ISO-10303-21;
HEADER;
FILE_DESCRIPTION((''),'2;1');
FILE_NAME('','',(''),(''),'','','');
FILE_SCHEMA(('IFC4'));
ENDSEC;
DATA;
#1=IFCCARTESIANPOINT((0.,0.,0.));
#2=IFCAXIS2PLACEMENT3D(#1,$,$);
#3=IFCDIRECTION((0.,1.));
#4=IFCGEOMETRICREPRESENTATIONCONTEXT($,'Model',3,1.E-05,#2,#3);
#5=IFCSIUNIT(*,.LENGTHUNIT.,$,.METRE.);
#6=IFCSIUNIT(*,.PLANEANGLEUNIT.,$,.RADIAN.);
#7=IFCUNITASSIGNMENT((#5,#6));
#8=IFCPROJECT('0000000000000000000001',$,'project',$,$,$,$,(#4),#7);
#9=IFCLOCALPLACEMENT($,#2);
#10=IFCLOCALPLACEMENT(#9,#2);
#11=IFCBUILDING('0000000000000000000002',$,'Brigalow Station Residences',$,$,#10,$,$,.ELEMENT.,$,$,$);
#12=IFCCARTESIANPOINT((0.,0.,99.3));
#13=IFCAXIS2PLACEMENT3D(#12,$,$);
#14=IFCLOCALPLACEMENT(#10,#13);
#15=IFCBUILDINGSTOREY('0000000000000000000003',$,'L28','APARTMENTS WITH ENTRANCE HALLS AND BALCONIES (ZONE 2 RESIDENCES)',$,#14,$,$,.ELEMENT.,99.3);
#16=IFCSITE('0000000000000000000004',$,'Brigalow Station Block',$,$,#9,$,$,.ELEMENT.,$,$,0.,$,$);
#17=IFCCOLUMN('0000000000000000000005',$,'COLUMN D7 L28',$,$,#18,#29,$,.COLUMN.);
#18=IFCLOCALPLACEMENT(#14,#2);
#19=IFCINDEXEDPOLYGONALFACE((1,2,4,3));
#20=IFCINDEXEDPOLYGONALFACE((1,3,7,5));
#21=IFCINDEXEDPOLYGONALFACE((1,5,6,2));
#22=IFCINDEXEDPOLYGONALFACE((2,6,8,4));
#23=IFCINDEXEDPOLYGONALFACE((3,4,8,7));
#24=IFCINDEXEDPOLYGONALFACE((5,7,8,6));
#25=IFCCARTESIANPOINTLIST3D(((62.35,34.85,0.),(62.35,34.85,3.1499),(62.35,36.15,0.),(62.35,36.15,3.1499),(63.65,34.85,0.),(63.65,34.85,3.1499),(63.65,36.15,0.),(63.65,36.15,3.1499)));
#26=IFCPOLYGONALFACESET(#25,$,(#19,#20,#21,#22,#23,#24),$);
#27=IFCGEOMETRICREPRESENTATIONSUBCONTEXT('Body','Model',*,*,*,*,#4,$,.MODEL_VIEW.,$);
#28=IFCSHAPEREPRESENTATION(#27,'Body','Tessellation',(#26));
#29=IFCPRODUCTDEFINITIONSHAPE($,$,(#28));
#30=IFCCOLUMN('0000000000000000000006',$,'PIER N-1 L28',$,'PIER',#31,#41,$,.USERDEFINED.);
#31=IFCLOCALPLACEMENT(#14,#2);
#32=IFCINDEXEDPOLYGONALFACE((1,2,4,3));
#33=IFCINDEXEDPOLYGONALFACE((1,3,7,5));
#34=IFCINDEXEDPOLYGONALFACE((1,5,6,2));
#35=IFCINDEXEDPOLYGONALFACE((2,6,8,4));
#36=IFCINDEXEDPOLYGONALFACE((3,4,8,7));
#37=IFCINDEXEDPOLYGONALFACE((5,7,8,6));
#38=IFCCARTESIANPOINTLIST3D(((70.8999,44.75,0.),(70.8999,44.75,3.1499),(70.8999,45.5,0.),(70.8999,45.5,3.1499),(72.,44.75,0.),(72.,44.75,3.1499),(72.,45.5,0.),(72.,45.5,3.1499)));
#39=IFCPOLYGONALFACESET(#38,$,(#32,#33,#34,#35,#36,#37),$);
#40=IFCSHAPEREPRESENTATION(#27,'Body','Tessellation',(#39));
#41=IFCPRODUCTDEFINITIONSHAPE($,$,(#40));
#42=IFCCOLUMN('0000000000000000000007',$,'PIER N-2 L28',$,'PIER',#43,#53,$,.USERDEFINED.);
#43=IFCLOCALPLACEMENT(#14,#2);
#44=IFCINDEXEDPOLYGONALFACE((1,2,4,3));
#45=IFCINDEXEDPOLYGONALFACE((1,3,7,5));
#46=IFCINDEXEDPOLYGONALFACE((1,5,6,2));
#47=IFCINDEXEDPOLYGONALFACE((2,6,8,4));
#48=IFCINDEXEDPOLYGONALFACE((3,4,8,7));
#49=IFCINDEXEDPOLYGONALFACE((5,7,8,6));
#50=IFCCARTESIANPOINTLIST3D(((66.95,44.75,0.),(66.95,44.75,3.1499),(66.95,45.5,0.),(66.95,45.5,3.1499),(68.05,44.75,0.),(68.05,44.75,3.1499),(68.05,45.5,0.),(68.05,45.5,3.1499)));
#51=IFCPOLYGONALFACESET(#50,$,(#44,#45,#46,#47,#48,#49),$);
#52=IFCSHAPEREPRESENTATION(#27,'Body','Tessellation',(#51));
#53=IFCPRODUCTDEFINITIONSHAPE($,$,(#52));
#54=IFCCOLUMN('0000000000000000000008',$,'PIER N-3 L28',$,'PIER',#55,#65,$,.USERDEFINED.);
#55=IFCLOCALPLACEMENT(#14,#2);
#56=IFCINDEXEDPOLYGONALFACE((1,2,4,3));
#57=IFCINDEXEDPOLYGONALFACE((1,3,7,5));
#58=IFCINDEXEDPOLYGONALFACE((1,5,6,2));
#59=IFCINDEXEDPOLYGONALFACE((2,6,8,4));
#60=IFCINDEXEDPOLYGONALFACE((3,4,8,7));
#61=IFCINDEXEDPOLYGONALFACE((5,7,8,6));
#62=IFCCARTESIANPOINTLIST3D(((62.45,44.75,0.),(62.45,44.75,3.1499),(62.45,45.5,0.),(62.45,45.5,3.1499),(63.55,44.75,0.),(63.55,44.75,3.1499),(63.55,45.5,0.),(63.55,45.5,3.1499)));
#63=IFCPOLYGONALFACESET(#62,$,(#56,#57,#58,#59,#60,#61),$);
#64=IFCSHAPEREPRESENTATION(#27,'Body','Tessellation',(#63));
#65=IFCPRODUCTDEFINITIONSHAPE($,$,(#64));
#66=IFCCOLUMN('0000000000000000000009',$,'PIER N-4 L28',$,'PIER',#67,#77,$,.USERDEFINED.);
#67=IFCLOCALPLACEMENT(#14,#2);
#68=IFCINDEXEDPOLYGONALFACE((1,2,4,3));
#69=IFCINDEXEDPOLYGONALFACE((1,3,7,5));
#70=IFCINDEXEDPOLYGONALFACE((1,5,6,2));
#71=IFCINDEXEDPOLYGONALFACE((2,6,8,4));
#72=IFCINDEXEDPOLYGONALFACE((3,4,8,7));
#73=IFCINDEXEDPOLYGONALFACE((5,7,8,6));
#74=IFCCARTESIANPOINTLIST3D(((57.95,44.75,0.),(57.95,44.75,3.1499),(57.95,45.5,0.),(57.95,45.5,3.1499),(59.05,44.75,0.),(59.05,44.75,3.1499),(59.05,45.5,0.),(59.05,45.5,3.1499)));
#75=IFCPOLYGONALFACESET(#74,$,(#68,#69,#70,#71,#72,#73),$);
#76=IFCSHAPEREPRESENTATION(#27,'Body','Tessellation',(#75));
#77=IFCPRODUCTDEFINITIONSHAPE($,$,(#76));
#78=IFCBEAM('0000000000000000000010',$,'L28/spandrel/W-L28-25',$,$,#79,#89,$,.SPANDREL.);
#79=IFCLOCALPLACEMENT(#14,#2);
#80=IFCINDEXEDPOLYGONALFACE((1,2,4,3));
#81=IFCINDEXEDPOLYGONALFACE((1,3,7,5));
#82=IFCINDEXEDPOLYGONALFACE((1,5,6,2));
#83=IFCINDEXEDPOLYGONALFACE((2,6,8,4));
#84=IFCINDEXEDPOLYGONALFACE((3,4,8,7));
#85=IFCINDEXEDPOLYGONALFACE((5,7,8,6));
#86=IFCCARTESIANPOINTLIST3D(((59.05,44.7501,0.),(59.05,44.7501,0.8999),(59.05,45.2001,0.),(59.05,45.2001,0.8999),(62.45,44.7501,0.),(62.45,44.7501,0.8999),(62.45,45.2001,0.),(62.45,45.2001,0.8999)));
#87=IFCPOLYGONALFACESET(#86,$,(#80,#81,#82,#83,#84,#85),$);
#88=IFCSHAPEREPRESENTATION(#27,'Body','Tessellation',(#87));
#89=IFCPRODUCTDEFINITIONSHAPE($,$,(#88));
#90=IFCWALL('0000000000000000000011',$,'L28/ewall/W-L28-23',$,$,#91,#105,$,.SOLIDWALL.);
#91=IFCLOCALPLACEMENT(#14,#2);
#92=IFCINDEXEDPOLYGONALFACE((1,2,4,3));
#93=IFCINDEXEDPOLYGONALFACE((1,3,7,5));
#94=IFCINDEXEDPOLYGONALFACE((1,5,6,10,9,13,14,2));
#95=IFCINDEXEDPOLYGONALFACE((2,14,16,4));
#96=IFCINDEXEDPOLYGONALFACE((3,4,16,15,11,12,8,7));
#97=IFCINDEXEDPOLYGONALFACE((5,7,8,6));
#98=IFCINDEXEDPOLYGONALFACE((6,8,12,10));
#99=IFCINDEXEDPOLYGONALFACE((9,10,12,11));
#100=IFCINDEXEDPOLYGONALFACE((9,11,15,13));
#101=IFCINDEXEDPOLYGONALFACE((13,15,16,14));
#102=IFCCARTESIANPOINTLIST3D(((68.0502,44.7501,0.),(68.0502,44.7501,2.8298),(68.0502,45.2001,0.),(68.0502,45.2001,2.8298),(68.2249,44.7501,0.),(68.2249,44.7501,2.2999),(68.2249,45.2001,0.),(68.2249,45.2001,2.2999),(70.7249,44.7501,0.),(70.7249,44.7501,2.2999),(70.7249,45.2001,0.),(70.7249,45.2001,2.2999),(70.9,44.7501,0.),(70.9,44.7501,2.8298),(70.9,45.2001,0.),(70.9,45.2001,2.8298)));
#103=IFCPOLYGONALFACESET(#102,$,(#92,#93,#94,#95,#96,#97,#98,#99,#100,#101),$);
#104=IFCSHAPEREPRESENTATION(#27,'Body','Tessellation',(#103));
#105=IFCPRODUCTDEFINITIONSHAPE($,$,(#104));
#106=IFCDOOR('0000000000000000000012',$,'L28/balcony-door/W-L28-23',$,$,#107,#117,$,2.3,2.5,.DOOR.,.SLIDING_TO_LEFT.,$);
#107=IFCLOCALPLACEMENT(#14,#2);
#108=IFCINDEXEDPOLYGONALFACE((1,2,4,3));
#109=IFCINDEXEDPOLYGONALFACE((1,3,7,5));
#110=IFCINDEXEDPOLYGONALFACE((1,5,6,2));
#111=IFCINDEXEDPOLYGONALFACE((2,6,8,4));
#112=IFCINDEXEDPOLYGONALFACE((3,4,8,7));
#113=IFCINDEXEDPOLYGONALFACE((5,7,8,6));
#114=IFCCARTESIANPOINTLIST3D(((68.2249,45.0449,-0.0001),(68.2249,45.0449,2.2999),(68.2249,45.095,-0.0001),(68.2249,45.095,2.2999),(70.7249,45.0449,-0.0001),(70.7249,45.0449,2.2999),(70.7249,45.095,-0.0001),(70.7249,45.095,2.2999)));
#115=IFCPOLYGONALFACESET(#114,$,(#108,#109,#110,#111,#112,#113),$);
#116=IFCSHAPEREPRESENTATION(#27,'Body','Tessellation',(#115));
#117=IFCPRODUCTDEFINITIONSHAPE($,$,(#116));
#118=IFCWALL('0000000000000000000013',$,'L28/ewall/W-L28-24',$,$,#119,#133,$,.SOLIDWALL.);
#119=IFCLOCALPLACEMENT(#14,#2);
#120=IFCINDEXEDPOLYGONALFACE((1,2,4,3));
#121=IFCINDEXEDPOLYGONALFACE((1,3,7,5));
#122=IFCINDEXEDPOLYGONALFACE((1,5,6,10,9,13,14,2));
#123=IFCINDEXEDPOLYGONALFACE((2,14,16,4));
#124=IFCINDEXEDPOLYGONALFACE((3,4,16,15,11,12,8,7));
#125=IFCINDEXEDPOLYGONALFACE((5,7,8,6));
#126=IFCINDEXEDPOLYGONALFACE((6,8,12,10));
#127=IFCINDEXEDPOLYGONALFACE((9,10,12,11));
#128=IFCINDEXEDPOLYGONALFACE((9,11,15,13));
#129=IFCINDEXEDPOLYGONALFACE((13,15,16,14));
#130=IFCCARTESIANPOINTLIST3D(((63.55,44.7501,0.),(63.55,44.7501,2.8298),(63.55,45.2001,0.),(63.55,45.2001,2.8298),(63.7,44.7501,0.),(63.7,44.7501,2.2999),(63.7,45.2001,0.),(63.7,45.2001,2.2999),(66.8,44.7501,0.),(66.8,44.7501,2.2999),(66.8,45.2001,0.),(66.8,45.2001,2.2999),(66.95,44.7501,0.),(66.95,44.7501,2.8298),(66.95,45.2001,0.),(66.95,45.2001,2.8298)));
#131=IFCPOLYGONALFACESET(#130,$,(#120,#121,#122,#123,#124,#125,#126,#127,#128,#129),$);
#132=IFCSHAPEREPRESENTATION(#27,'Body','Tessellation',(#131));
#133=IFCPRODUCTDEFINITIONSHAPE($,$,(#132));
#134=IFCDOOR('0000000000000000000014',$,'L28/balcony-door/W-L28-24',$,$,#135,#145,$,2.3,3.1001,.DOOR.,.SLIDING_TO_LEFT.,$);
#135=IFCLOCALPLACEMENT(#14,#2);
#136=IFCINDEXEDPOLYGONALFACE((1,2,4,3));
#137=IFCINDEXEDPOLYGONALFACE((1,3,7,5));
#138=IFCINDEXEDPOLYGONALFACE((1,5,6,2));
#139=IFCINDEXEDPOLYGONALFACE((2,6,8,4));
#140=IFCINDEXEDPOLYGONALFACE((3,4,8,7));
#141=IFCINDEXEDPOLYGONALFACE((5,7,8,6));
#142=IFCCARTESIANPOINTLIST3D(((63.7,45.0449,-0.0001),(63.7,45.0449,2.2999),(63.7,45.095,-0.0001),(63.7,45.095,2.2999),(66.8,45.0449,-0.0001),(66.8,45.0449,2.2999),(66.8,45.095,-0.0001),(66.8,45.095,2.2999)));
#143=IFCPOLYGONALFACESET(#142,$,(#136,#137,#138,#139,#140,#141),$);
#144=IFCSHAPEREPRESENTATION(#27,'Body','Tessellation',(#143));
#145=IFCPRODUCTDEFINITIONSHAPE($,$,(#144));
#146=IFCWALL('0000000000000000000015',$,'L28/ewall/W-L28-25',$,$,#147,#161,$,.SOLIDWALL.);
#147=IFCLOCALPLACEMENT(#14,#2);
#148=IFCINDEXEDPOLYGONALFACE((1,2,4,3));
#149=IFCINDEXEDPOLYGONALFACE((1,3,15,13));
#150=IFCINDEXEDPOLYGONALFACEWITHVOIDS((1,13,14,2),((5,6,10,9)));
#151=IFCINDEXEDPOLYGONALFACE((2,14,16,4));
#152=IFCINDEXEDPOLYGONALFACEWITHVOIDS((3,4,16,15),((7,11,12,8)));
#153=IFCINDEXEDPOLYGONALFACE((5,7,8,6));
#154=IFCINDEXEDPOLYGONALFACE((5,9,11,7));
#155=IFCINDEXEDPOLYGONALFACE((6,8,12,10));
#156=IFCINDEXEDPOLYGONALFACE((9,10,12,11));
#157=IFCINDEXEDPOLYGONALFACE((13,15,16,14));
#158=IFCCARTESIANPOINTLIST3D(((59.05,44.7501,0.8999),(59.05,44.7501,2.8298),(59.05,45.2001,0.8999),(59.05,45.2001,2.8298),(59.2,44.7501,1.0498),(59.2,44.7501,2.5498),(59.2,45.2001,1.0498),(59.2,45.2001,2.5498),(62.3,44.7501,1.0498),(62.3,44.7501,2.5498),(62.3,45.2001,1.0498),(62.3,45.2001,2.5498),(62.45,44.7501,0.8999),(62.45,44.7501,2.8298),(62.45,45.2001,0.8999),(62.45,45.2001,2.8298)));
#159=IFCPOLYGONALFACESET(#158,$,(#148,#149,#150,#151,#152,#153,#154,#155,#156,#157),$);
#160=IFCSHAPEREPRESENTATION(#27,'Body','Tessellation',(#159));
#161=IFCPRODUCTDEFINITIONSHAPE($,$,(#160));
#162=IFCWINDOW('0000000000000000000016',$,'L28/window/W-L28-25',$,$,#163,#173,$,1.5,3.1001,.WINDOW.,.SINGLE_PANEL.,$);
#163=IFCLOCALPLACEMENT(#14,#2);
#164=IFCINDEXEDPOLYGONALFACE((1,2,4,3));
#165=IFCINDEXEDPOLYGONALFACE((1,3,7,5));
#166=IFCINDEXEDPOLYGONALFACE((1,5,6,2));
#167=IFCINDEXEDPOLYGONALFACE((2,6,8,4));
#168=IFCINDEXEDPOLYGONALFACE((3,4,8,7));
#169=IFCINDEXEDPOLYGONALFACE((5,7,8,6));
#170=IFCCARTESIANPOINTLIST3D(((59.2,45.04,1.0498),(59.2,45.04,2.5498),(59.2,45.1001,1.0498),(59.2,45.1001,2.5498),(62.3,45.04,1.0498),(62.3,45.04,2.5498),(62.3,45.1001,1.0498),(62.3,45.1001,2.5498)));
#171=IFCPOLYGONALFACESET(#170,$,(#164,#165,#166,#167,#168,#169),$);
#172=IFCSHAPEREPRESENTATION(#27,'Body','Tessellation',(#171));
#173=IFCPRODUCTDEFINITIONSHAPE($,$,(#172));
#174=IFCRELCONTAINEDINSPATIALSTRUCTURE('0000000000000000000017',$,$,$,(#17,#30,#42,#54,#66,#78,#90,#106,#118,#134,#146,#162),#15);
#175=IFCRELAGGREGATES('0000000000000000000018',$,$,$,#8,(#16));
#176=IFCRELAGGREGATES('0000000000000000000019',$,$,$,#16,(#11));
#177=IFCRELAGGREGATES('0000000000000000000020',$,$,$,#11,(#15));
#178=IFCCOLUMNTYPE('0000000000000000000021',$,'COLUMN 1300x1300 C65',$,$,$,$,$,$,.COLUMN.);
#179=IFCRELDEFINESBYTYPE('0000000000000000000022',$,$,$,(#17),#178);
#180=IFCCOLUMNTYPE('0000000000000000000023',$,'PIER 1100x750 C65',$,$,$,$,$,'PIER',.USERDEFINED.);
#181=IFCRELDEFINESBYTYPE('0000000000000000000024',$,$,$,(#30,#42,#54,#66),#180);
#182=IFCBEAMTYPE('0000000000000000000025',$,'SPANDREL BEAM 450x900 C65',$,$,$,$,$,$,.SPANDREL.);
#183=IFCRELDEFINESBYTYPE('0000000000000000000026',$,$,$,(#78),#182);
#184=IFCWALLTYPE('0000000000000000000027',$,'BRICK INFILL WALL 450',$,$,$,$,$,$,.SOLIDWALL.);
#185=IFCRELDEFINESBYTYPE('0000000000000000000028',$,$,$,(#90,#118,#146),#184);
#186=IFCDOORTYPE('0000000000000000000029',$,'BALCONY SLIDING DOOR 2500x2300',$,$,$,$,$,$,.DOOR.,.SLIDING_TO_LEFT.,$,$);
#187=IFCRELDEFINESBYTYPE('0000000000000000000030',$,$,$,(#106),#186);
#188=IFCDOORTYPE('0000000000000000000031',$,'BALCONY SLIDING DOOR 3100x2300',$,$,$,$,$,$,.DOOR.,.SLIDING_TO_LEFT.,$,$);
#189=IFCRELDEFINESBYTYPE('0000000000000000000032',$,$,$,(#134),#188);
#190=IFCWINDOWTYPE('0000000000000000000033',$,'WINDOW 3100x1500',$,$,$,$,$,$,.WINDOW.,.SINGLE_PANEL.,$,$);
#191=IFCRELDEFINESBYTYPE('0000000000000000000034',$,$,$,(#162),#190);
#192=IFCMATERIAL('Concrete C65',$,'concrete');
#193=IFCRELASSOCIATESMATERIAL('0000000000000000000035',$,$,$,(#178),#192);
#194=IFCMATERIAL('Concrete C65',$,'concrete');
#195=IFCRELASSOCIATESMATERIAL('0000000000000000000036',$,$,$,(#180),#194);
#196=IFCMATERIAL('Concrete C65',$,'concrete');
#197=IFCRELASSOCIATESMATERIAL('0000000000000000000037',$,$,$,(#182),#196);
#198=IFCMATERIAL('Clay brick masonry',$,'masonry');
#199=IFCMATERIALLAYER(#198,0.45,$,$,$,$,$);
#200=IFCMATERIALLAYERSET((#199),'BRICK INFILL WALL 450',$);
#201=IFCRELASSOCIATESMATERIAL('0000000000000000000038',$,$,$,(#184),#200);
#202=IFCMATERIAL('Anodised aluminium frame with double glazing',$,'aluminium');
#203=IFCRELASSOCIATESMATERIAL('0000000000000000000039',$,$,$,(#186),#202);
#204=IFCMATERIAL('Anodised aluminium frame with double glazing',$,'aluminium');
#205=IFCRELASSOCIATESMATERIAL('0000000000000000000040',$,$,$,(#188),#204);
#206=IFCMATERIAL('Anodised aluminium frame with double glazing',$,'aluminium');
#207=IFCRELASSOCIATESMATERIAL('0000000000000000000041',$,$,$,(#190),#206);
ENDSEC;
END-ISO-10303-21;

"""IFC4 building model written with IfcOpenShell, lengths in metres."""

from ifc_helpers import new_model, si_unit, direction, frame, frame_2d, origin, origin_2d, place, context, subcontext, project, spatial, rectangle, extrude, material, layer, layer_set, material_profile, profile_set, type_object, element, fill, save


model = new_model("IFC4")

# Units and contexts
model_context = context("Model", 3, precision=1e-05, world=origin(), true_north=direction((0.0, 1.0)))
body_context = subcontext(model_context, "Body", "Model", "MODEL_VIEW")
ifc_project = project(units=[si_unit("LENGTHUNIT", "METRE"), si_unit("PLANEANGLEUNIT", "RADIAN")], contexts=[model_context])

# Site, building, storey
site_placement = place(None, origin())
site = spatial("IfcSite", under=ifc_project, at=site_placement, Name="Brigalow Station Block", CompositionType="ELEMENT", RefElevation=0.0)
building_placement = place(site_placement, origin())
building = spatial("IfcBuilding", under=site, at=building_placement, Name="Brigalow Station Residences", CompositionType="ELEMENT")
storey_placement = place(building_placement, frame((0.0, 0.0, 99.3)))
storey = spatial("IfcBuildingStorey", under=building, at=storey_placement, Name="L28", Description="APARTMENTS WITH ENTRANCE HALLS AND BALCONIES (ZONE 2 RESIDENCES)", CompositionType="ELEMENT", Elevation=99.3)

# Columns
ifc_material_1 = material(Name="Concrete C65", Category="concrete")
ifc_material_profile_1 = material_profile(ifc_material_1, rectangle(XDim=1.3, YDim=1.3, at=origin_2d()), Name="RC1300x1300")
ifc_profile_set_1 = profile_set([ifc_material_profile_1], Name="Concrete C65")
column_type_1 = type_object("IfcColumnType", Name="COLUMN 1300x1300 C65", PredefinedType="COLUMN", material=ifc_profile_set_1)
column_placement = place(storey_placement, frame((63.0, 35.5, 0.0), z_axis=(0.0, 0.0, 1.0), x_axis=(1.0, 0.0, 0.0)))
element("IfcColumn", 1, at=column_placement, inside=storey, type_object=column_type_1, Name="COLUMN D7 L28", PredefinedType="COLUMN", context=body_context, shape_type="SweptSolid", body=[
    extrude(rectangle(XDim=1.3, YDim=1.3, at=origin_2d()), origin(), (0.0, 0.0, 1.0), 3.1499),
])
ifc_material_2 = material(Name="Concrete C65", Category="concrete")
ifc_material_profile_2 = material_profile(ifc_material_2, rectangle(XDim=1.1001, YDim=0.75, at=origin_2d()), Name="RC1100x750")
ifc_profile_set_2 = profile_set([ifc_material_profile_2], Name="Concrete C65")
column_type_2 = type_object("IfcColumnType", Name="PIER 1100x750 C65", ElementType="PIER", PredefinedType="USERDEFINED", material=ifc_profile_set_2)
for number, where, z_axis, x_axis, name in (
    (2, (71.45, 45.125, 0.0), (0.0, 0.0, 1.0), (-1.0, 0.0, 0.0), "PIER N-1 L28"),
    (3, (67.5, 45.125, 0.0), (0.0, 0.0, 1.0), (-1.0, 0.0, 0.0), "PIER N-2 L28"),
    (4, (63.0, 45.125, 0.0), (0.0, 0.0, 1.0), (-1.0, 0.0, 0.0), "PIER N-3 L28"),
    (5, (58.5, 45.125, 0.0), (0.0, 0.0, 1.0), (-1.0, 0.0, 0.0), "PIER N-4 L28"),
):
    element("IfcColumn", number, at=place(storey_placement, frame(where, z_axis=z_axis, x_axis=x_axis)), inside=storey, type_object=column_type_2, Name=name, ObjectType="PIER", PredefinedType="USERDEFINED", context=body_context, shape_type="SweptSolid", body=[
        extrude(rectangle(XDim=1.1001, YDim=0.75, at=origin_2d()), origin(), (0.0, 0.0, 1.0), 3.1499),
    ])

# Beam
ifc_material_3 = material(Name="Concrete C65", Category="concrete")
ifc_material_profile_3 = material_profile(ifc_material_3, rectangle(XDim=0.45, YDim=0.8999, at=origin_2d()), Name="RC450x900")
ifc_profile_set_3 = profile_set([ifc_material_profile_3], Name="Concrete C65")
beam_type = type_object("IfcBeamType", Name="SPANDREL BEAM 450x900 C65", PredefinedType="SPANDREL", material=ifc_profile_set_3)
beam_placement = place(storey_placement, frame((62.45, 44.9751, 0.45), z_axis=(-1.0, 0.0, 0.0), x_axis=(0.0, -1.0, 0.0)))
element("IfcBeam", 6, at=beam_placement, inside=storey, type_object=beam_type, Name="L28/spandrel/W-L28-25", PredefinedType="SPANDREL", context=body_context, shape_type="SweptSolid", body=[
    extrude(rectangle(XDim=0.45, YDim=0.8999, at=origin_2d()), origin(), (0.0, 0.0, 1.0), 3.3999),
])

# Walls, openings, doors
ifc_material_4 = material(Name="Clay brick masonry", Category="masonry")
ifc_layer_1 = layer(ifc_material_4, 0.45)
ifc_layer_set_1 = layer_set([ifc_layer_1], Name="BRICK INFILL WALL 450")
wall_type_1 = type_object("IfcWallType", Name="BRICK INFILL WALL 450", PredefinedType="SOLIDWALL", material=ifc_layer_set_1)
wall_1_placement = place(storey_placement, frame((70.8999, 44.9751, 0.0), z_axis=(0.0, 0.0, 1.0), x_axis=(-1.0, 0.0, 0.0)))
wall_1 = element("IfcWall", 7, at=wall_1_placement, inside=storey, type_object=wall_type_1, Name="L28/ewall/W-L28-23", PredefinedType="SOLIDWALL", context=body_context, shape_type="SweptSolid", body=[
    extrude(rectangle(XDim=2.8499, YDim=0.45, at=frame_2d((1.4248, 0.0))), origin(), (0.0, 0.0, 1.0), 2.8298),
])
opening_1_placement = place(wall_1_placement, frame((0.175, 0.0, 0.0)))
opening_1 = element("IfcOpeningElement", 8, at=opening_1_placement, cuts=wall_1, PredefinedType="OPENING", context=body_context, shape_type="SweptSolid", body=[
    extrude(rectangle(XDim=2.5, YDim=2.3, at=frame_2d((1.25, 1.1499))), frame((0.0, 0.2349, 0.0), z_axis=(0.0, -1.0, 0.0), x_axis=(1.0, 0.0, 0.0)), (0.0, 0.0, 1.0), 0.47),
])
ifc_material_5 = material(Name="Anodised aluminium frame with double glazing", Category="aluminium")
door_type_1 = type_object("IfcDoorType", Name="BALCONY SLIDING DOOR 2500x2300", OperationType="SLIDING_TO_LEFT", PredefinedType="DOOR", material=ifc_material_5)
door_1_placement = place(opening_1_placement, origin())
door_1 = element("IfcDoor", 9, at=door_1_placement, inside=storey, type_object=door_type_1, Name="L28/balcony-door/W-L28-23", OperationType="SLIDING_TO_LEFT", OverallHeight=2.3, OverallWidth=2.5, PredefinedType="DOOR", context=body_context, shape_type="SweptSolid", body=[
    extrude(rectangle(XDim=2.5, YDim=2.3, at=frame_2d((1.25, 1.1499))), frame((0.0, -0.0698, 0.0), z_axis=(0.0, -1.0, 0.0), x_axis=(1.0, 0.0, 0.0)), (0.0, 0.0, 1.0), 0.05),
])
fill(opening_1, door_1)
wall_2_placement = place(storey_placement, frame((66.95, 44.9751, 0.0), z_axis=(0.0, 0.0, 1.0), x_axis=(-1.0, 0.0, 0.0)))
wall_2 = element("IfcWall", 10, at=wall_2_placement, inside=storey, type_object=wall_type_1, Name="L28/ewall/W-L28-24", PredefinedType="SOLIDWALL", context=body_context, shape_type="SweptSolid", body=[
    extrude(rectangle(XDim=3.3999, YDim=0.45, at=frame_2d((1.7, 0.0))), origin(), (0.0, 0.0, 1.0), 2.8298),
])
opening_2_placement = place(wall_2_placement, frame((0.1499, 0.0, 0.0)))
opening_2 = element("IfcOpeningElement", 11, at=opening_2_placement, cuts=wall_2, PredefinedType="OPENING", context=body_context, shape_type="SweptSolid", body=[
    extrude(rectangle(XDim=3.1001, YDim=2.3, at=frame_2d((1.55, 1.1499))), frame((0.0, 0.2349, 0.0), z_axis=(0.0, -1.0, 0.0), x_axis=(1.0, 0.0, 0.0)), (0.0, 0.0, 1.0), 0.47),
])
ifc_material_6 = material(Name="Anodised aluminium frame with double glazing", Category="aluminium")
door_type_2 = type_object("IfcDoorType", Name="BALCONY SLIDING DOOR 3100x2300", OperationType="SLIDING_TO_LEFT", PredefinedType="DOOR", material=ifc_material_6)
door_2_placement = place(opening_2_placement, origin())
door_2 = element("IfcDoor", 12, at=door_2_placement, inside=storey, type_object=door_type_2, Name="L28/balcony-door/W-L28-24", OperationType="SLIDING_TO_LEFT", OverallHeight=2.3, OverallWidth=3.1001, PredefinedType="DOOR", context=body_context, shape_type="SweptSolid", body=[
    extrude(rectangle(XDim=3.1001, YDim=2.3, at=frame_2d((1.55, 1.1499))), frame((0.0, -0.0698, 0.0), z_axis=(0.0, -1.0, 0.0), x_axis=(1.0, 0.0, 0.0)), (0.0, 0.0, 1.0), 0.05),
])
fill(opening_2, door_2)

# Wall, opening, window
wall_3_placement = place(storey_placement, frame((62.45, 44.9751, 0.8999), z_axis=(0.0, 0.0, 1.0), x_axis=(-1.0, 0.0, 0.0)))
wall_3 = element("IfcWall", 13, at=wall_3_placement, inside=storey, type_object=wall_type_1, Name="L28/ewall/W-L28-25", PredefinedType="SOLIDWALL", context=body_context, shape_type="SweptSolid", body=[
    extrude(rectangle(XDim=3.3999, YDim=0.45, at=frame_2d((1.7, 0.0))), origin(), (0.0, 0.0, 1.0), 1.9299),
])
opening_3_placement = place(wall_3_placement, frame((0.1499, 0.0, 0.1499)))
opening_3 = element("IfcOpeningElement", 14, at=opening_3_placement, cuts=wall_3, PredefinedType="OPENING", context=body_context, shape_type="SweptSolid", body=[
    extrude(rectangle(XDim=3.1001, YDim=1.5, at=frame_2d((1.55, 0.75))), frame((0.0, 0.2349, 0.0), z_axis=(0.0, -1.0, 0.0), x_axis=(1.0, 0.0, 0.0)), (0.0, 0.0, 1.0), 0.47),
])
ifc_material_7 = material(Name="Anodised aluminium frame with double glazing", Category="aluminium")
window_type = type_object("IfcWindowType", Name="WINDOW 3100x1500", PartitioningType="SINGLE_PANEL", PredefinedType="WINDOW", material=ifc_material_7)
window_placement = place(opening_3_placement, origin())
window = element("IfcWindow", 15, at=window_placement, inside=storey, type_object=window_type, Name="L28/window/W-L28-25", OverallHeight=1.5, OverallWidth=3.1001, PartitioningType="SINGLE_PANEL", PredefinedType="WINDOW", context=body_context, shape_type="SweptSolid", body=[
    extrude(rectangle(XDim=3.1001, YDim=1.5, at=frame_2d((1.55, 0.75))), frame((0.0, -0.0649, 0.0), z_axis=(0.0, -1.0, 0.0), x_axis=(1.0, 0.0, 0.0)), (0.0, 0.0, 1.0), 0.0601),
])
fill(opening_3, window)

save(model, "model.ifc")
